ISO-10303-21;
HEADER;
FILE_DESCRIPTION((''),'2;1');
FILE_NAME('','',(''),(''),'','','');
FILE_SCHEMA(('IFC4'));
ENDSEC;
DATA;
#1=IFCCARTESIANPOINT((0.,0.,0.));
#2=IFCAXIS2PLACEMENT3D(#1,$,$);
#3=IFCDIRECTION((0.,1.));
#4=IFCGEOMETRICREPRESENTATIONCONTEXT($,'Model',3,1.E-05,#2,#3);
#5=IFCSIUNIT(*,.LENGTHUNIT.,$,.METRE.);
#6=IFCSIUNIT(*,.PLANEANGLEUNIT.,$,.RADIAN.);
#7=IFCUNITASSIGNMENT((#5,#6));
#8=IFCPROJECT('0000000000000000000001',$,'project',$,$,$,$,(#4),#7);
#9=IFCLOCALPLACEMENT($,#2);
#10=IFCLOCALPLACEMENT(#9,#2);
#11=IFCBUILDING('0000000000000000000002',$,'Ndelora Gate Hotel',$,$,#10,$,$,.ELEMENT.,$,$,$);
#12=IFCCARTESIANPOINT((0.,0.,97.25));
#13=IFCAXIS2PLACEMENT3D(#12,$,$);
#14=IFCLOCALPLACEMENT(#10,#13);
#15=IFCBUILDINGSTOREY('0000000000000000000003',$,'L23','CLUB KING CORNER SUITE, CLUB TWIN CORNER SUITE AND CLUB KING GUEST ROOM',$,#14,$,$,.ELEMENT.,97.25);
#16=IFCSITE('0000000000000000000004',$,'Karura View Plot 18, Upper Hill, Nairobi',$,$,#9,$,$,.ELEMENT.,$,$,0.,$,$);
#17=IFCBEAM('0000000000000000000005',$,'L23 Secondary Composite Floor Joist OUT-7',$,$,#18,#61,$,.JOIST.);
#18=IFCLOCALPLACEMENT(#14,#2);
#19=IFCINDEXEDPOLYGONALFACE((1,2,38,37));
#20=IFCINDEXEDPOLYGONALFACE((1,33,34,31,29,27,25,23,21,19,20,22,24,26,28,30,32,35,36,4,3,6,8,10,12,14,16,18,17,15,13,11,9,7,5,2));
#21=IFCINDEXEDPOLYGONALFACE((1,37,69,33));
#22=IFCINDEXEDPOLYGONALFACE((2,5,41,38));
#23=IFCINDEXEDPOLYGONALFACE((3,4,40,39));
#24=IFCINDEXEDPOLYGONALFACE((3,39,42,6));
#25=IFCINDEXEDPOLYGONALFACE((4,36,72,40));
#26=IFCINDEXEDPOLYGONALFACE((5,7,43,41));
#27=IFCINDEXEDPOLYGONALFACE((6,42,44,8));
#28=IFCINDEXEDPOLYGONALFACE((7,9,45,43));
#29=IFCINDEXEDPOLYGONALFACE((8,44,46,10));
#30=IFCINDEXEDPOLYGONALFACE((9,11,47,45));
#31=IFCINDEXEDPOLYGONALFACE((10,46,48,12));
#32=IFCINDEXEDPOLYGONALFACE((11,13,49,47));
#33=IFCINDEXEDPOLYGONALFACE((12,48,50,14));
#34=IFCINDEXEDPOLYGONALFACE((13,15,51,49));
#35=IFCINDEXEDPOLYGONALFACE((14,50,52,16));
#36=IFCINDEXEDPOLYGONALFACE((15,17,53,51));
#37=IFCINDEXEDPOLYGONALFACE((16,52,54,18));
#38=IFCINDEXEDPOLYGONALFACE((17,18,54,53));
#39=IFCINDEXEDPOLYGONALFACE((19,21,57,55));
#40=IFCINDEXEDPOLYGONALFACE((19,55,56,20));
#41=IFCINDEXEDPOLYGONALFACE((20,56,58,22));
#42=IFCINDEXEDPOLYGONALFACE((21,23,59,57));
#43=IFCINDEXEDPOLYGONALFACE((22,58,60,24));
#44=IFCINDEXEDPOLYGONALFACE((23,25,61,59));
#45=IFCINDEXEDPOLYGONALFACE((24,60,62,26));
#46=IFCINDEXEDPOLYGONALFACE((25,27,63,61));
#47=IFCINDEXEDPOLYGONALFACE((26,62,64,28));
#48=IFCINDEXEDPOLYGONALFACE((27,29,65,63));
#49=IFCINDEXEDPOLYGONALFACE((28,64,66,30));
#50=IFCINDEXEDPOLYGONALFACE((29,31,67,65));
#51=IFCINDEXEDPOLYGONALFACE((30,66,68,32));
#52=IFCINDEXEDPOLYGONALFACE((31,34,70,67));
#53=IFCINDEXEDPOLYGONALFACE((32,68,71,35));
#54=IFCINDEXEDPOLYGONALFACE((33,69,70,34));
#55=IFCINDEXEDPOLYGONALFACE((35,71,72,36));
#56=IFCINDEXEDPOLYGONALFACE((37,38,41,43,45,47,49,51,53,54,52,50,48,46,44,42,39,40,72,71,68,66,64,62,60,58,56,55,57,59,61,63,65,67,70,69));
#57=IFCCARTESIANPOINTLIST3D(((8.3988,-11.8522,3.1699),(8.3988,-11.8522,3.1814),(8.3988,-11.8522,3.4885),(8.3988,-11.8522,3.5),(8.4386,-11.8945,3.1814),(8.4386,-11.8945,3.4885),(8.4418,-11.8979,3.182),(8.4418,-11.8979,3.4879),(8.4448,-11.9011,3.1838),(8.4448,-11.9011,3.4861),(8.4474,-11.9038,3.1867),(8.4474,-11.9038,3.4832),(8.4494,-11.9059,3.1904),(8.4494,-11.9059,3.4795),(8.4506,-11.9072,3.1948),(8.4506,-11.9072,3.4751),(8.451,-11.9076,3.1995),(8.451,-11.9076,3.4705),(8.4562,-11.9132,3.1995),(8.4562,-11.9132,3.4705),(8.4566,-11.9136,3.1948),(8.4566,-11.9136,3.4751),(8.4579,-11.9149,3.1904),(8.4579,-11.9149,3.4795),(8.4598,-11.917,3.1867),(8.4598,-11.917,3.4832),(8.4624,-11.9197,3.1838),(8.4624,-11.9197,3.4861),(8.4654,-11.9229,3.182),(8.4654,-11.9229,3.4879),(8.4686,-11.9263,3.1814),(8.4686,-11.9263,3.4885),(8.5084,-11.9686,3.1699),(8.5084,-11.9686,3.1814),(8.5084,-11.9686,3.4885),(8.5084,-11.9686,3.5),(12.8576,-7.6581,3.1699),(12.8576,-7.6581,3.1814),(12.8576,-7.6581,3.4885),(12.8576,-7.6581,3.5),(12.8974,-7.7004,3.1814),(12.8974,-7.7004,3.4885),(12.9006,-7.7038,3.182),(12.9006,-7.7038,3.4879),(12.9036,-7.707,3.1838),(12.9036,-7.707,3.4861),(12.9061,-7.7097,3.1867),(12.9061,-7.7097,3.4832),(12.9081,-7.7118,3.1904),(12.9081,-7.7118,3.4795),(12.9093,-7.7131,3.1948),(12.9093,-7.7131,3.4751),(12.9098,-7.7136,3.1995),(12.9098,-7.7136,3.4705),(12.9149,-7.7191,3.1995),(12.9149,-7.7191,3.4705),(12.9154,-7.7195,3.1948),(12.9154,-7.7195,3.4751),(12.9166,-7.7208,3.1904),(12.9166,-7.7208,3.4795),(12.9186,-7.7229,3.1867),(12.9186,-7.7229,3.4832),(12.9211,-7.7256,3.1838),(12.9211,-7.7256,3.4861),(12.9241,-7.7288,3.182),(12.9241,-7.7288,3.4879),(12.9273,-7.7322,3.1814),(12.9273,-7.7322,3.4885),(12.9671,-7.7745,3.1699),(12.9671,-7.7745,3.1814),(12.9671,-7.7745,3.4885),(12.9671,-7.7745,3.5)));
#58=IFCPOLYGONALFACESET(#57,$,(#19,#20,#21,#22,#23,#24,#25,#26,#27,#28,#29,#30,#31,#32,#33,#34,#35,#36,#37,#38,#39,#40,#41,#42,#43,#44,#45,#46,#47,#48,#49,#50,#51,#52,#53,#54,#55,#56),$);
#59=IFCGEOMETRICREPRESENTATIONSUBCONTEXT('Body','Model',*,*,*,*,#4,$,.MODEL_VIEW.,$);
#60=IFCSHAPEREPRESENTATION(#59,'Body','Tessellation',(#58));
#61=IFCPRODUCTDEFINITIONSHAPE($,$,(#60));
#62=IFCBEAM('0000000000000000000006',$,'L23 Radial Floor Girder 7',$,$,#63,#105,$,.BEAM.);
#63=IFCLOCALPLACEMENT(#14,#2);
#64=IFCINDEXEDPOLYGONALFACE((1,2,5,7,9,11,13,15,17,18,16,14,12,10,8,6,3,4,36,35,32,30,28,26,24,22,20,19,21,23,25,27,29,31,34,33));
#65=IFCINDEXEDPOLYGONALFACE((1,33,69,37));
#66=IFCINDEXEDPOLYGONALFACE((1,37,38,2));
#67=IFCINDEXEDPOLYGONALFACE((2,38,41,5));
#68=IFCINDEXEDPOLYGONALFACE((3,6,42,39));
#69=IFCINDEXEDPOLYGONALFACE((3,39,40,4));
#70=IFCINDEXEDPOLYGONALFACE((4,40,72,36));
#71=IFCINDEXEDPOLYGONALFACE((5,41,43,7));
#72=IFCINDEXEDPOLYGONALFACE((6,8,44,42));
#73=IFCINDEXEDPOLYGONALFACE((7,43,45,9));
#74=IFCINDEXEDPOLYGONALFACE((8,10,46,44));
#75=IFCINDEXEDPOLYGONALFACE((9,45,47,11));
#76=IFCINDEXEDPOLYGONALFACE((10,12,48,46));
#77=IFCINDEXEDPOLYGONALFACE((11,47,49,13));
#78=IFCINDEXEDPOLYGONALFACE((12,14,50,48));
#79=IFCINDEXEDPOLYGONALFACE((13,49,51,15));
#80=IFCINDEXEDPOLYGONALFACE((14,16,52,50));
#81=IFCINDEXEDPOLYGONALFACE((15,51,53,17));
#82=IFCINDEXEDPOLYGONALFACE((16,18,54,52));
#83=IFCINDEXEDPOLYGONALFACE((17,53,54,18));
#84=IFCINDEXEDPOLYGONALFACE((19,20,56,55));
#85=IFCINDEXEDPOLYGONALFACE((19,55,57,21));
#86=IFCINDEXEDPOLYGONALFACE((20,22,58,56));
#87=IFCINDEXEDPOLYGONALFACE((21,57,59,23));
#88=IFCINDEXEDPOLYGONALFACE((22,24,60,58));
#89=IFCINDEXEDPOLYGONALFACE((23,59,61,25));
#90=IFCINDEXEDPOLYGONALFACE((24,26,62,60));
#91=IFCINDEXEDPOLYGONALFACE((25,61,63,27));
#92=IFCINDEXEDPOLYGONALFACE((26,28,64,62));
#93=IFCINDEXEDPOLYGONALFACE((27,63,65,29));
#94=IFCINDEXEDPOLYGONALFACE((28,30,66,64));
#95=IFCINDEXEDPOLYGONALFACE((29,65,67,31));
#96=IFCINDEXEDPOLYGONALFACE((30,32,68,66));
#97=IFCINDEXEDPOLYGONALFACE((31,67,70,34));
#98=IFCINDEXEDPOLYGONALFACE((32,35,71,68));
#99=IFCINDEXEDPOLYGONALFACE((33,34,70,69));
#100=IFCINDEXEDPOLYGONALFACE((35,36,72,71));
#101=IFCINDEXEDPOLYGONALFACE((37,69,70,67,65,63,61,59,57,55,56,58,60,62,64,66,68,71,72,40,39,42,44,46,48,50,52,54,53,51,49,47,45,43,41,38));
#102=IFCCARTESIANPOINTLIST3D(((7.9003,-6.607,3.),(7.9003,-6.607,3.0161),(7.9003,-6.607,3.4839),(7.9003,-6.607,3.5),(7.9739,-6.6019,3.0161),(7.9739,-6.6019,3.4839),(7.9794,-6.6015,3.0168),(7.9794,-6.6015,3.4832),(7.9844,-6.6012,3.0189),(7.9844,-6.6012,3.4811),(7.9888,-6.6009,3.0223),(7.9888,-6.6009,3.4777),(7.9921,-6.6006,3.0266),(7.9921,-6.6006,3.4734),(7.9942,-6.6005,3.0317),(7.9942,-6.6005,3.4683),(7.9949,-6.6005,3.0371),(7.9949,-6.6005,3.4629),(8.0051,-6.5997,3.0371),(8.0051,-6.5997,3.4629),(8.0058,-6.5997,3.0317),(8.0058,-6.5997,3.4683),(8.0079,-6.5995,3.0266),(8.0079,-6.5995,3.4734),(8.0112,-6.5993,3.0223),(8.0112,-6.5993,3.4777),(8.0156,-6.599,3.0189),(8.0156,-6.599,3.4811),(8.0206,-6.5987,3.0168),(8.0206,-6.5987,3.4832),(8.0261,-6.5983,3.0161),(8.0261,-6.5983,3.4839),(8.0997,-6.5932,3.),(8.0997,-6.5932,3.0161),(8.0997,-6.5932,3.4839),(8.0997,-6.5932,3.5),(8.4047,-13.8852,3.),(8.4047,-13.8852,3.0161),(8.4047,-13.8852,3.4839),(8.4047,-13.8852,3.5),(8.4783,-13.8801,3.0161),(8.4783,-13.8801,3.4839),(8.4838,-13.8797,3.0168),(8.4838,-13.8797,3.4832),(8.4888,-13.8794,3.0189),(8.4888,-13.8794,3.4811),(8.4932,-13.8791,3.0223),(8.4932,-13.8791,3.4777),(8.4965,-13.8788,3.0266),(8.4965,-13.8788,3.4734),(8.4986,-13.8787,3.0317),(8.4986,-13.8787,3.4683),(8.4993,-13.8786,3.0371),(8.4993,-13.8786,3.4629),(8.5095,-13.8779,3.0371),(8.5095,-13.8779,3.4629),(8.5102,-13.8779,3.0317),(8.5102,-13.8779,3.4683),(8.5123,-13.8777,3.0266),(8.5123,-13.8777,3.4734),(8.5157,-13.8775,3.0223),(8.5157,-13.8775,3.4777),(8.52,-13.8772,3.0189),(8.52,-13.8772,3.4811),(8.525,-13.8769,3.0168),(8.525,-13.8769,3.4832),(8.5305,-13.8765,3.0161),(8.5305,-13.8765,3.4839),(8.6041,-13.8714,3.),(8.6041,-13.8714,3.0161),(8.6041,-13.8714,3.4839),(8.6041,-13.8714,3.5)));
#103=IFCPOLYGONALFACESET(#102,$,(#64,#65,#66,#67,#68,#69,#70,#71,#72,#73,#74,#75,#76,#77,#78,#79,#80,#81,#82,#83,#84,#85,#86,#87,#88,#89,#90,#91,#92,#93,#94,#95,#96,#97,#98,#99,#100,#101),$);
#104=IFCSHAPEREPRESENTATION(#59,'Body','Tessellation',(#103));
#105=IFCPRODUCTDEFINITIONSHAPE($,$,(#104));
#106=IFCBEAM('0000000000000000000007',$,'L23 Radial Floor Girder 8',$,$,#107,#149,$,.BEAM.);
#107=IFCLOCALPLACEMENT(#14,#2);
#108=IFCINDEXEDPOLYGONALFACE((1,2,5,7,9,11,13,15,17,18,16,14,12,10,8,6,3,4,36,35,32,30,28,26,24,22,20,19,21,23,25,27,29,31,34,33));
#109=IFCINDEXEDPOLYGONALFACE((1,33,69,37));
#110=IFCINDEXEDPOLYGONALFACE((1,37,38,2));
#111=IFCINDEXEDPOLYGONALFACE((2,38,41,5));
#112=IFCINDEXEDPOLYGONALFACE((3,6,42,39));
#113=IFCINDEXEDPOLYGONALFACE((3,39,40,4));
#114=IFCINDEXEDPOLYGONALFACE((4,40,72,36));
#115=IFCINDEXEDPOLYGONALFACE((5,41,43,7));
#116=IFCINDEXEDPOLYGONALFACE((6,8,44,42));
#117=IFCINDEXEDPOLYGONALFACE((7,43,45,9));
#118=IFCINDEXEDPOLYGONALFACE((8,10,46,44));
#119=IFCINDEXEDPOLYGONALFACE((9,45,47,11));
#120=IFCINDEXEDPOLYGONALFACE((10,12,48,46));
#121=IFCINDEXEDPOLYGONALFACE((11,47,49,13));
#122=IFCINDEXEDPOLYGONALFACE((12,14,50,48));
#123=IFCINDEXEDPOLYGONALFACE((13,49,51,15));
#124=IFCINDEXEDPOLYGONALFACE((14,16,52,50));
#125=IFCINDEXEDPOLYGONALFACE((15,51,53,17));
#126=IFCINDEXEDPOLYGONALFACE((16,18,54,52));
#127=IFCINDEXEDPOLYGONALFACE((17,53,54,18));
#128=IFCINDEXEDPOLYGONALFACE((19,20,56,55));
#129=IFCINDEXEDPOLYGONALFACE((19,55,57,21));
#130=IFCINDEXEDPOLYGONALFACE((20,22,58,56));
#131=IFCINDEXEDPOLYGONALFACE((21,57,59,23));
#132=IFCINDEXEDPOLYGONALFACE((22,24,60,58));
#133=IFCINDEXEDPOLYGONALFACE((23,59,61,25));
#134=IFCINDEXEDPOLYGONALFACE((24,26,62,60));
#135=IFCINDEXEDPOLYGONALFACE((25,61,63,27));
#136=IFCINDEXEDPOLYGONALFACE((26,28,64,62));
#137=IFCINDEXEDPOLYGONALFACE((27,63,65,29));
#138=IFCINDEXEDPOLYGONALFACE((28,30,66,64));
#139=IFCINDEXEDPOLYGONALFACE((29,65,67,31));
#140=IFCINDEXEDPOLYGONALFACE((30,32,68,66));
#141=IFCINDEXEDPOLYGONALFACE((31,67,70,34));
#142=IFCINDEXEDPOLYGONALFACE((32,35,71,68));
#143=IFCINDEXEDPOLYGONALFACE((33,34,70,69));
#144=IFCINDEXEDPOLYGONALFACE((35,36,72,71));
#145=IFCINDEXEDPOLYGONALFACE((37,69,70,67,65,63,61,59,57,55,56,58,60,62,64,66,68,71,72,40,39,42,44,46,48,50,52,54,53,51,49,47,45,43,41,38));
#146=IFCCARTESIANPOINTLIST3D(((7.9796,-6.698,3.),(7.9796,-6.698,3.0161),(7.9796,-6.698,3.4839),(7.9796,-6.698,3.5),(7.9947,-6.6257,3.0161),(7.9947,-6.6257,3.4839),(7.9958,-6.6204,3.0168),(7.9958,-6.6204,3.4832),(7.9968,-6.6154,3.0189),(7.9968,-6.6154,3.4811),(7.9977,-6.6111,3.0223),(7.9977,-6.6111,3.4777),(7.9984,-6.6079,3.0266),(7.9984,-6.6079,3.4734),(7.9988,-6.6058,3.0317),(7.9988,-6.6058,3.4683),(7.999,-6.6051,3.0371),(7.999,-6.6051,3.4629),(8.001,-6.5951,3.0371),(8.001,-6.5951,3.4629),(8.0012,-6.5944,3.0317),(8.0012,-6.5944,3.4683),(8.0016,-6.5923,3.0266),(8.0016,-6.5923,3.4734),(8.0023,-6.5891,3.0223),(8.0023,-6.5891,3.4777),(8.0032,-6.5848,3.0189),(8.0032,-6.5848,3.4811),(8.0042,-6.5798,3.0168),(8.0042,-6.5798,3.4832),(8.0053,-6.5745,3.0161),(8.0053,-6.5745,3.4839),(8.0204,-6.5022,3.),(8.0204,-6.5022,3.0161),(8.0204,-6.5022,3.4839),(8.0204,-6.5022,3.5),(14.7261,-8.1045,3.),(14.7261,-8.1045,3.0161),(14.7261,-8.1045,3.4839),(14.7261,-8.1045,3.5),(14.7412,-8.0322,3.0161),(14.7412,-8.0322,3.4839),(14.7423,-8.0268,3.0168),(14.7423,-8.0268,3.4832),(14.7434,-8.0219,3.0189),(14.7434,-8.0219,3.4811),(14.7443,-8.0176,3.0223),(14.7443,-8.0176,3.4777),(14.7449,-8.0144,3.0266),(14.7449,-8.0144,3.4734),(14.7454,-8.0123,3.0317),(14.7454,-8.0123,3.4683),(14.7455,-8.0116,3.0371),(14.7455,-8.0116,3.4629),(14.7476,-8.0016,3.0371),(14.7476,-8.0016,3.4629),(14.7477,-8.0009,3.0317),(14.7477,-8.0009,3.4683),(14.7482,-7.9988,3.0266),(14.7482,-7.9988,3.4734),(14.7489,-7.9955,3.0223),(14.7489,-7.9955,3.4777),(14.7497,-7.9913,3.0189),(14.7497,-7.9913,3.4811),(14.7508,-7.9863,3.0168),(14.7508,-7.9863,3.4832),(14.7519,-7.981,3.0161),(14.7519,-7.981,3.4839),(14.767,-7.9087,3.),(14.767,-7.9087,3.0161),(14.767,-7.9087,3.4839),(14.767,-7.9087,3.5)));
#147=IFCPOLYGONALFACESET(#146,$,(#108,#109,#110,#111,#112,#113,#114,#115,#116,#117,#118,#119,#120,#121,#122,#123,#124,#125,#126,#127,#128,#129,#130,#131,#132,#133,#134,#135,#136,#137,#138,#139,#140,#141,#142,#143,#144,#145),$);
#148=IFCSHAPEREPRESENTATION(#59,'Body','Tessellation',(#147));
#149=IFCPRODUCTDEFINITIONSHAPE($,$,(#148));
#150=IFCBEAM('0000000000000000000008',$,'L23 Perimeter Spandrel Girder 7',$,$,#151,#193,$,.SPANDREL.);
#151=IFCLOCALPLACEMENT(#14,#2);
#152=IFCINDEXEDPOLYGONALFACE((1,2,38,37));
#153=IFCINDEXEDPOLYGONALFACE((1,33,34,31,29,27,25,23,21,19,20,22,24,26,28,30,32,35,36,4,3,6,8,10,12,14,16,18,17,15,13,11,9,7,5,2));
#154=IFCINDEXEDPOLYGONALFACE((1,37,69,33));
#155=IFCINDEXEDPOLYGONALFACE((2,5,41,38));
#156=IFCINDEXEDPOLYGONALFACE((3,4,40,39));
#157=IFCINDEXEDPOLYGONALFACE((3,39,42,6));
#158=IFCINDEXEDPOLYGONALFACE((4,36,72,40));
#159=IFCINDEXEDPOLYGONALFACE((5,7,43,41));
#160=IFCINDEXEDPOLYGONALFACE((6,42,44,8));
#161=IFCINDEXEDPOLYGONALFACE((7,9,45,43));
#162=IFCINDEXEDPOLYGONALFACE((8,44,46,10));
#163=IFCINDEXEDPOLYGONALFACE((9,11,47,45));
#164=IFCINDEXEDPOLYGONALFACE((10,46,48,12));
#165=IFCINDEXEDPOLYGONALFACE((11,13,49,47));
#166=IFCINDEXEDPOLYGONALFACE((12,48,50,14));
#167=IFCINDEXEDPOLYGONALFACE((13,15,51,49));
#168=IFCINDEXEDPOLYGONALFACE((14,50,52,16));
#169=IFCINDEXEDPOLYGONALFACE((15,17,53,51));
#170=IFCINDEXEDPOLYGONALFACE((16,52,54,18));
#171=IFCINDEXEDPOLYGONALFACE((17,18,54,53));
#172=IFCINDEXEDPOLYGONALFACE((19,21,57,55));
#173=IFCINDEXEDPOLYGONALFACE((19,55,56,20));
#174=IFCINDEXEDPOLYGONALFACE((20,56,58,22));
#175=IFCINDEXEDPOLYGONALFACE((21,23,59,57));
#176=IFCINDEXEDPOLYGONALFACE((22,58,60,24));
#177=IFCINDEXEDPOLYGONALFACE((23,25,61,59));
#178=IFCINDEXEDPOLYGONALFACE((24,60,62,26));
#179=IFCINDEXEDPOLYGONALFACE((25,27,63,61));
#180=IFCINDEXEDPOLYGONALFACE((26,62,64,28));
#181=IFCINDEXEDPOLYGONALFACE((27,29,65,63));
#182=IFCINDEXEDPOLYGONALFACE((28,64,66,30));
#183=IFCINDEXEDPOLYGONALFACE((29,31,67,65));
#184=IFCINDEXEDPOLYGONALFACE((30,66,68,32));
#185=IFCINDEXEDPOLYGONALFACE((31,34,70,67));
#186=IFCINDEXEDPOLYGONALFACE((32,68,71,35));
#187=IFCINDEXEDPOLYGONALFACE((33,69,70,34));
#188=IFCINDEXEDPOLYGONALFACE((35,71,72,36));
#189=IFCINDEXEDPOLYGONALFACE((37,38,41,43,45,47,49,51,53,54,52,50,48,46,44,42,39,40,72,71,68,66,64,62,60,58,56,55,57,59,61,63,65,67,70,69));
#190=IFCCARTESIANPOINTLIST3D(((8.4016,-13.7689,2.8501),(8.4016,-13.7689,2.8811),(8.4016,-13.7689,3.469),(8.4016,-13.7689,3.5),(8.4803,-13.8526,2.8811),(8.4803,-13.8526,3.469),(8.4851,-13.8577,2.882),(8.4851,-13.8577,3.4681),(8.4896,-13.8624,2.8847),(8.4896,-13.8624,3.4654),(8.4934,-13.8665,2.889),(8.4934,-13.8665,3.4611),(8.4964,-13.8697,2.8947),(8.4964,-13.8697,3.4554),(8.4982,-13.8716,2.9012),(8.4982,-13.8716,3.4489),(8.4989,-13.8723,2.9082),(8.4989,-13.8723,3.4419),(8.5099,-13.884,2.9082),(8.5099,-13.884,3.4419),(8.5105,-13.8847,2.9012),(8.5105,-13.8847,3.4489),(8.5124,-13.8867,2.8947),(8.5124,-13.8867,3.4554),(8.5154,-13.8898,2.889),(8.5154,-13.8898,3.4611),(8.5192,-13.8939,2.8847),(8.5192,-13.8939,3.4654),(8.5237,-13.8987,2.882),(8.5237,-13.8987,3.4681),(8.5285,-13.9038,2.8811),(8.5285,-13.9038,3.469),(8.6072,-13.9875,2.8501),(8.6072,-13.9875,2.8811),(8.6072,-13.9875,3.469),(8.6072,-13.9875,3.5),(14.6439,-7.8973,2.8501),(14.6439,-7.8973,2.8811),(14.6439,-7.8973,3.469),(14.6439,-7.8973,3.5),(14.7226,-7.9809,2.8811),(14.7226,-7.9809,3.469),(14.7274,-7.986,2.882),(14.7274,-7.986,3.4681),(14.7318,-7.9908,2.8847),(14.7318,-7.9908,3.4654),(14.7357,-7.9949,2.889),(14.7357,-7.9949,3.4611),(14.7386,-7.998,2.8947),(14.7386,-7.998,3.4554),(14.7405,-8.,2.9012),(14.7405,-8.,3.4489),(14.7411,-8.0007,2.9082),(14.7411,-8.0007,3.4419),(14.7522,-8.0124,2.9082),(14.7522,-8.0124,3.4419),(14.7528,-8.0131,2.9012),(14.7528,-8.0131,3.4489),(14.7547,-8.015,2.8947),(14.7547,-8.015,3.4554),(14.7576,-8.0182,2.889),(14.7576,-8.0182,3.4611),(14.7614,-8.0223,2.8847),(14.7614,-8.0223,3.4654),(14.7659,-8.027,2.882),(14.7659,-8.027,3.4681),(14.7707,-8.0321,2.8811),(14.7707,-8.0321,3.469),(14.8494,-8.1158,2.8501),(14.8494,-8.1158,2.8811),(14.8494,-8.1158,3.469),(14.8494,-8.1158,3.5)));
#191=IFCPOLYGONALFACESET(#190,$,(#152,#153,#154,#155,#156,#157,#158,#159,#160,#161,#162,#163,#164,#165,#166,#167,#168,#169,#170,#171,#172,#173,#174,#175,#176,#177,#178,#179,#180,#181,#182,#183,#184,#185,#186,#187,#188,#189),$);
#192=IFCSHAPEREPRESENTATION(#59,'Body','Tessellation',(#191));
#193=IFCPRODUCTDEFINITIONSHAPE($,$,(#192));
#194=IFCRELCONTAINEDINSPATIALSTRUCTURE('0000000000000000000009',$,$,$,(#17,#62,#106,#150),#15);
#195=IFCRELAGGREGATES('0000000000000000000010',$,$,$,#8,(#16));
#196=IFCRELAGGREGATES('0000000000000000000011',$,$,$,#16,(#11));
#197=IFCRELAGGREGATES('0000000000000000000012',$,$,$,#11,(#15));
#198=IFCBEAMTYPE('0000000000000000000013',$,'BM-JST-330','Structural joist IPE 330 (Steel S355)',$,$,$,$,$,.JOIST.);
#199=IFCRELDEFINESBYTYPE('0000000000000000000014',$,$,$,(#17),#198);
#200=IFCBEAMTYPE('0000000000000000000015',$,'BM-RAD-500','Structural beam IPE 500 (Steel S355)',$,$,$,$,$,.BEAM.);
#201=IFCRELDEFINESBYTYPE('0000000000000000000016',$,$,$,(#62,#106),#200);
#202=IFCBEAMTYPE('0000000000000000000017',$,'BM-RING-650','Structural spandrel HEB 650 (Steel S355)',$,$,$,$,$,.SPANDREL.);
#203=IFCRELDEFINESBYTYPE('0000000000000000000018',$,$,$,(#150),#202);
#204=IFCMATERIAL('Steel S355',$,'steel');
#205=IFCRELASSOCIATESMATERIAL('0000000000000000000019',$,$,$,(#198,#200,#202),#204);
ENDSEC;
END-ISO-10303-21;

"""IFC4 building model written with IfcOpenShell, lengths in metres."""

from ifc_helpers import new_model, si_unit, direction, frame, origin, origin_2d, place, context, subcontext, project, spatial, i_section, extrude, material, material_profile, profile_set, type_object, element, save


model = new_model("IFC4")

# Units and contexts
model_context = context("Model", 3, precision=1e-05, world=origin(), true_north=direction((0.0, 1.0)))
body_context = subcontext(model_context, "Body", "Model", "MODEL_VIEW")
ifc_project = project(units=[si_unit("LENGTHUNIT", "METRE"), si_unit("PLANEANGLEUNIT", "RADIAN")], contexts=[model_context])

# Site, building, storey
site_placement = place(None, origin())
site = spatial("IfcSite", under=ifc_project, at=site_placement, Name="Karura View Plot 18, Upper Hill, Nairobi", CompositionType="ELEMENT", RefElevation=0.0)
building_placement = place(site_placement, origin())
building = spatial("IfcBuilding", under=site, at=building_placement, Name="Ndelora Gate Hotel", CompositionType="ELEMENT")
storey_placement = place(building_placement, frame((0.0, 0.0, 97.25)))
storey = spatial("IfcBuildingStorey", under=building, at=storey_placement, Name="L23", Description="CLUB KING CORNER SUITE, CLUB TWIN CORNER SUITE AND CLUB KING GUEST ROOM", CompositionType="ELEMENT", Elevation=97.25)

# Beams
ifc_material_1 = material(Name="Steel S355", Category="steel")
ifc_material_profile_1 = material_profile(ifc_material_1, i_section(OverallWidth=0.1599, OverallDepth=0.3301, WebThickness=0.0076, FlangeThickness=0.0115, FilletRadius=0.0181, at=origin_2d()), Name="IPE 330")
ifc_profile_set_1 = profile_set([ifc_material_profile_1], Name="Steel S355")
beam_type_1 = type_object("IfcBeamType", Name="BM-JST-330", Description="Structural joist IPE 330 (Steel S355)", PredefinedType="JOIST", material=ifc_profile_set_1)
beam_1_placement = place(storey_placement, frame((8.4536, -11.9104, 3.335), z_axis=(0.728393, 0.685159, 0.0), x_axis=(-0.685159, 0.728393, 0.0)))
element("IfcBeam", 1, at=beam_1_placement, inside=storey, type_object=beam_type_1, Name="L23 Secondary Composite Floor Joist OUT-7", PredefinedType="JOIST", context=body_context, shape_type="SweptSolid", body=[
    extrude(i_section(OverallWidth=0.1599, OverallDepth=0.3301, WebThickness=0.0076, FlangeThickness=0.0115, FilletRadius=0.0181, at=origin_2d()), origin(), (0.0, 0.0, 1.0), 6.1213),
])
ifc_material_profile_2 = material_profile(ifc_material_1, i_section(OverallWidth=0.2, OverallDepth=0.5, WebThickness=0.0103, FlangeThickness=0.0161, FilletRadius=0.021, at=origin_2d()), Name="IPE 500")
ifc_profile_set_2 = profile_set([ifc_material_profile_2], Name="Steel S355")
beam_type_2 = type_object("IfcBeamType", Name="BM-RAD-500", Description="Structural beam IPE 500 (Steel S355)", PredefinedType="BEAM", material=ifc_profile_set_2)
beam_2_placement = place(storey_placement, frame((8.0, -6.6001, 3.25), z_axis=(0.069137, -0.997607, 0.0), x_axis=(0.997607, 0.069137, 0.0)))
element("IfcBeam", 2, at=beam_2_placement, inside=storey, type_object=beam_type_2, Name="L23 Radial Floor Girder 7", PredefinedType="BEAM", context=body_context, shape_type="SweptSolid", body=[
    extrude(i_section(OverallWidth=0.2, OverallDepth=0.5, WebThickness=0.0103, FlangeThickness=0.0161, FilletRadius=0.021, at=origin_2d()), origin(), (0.0, 0.0, 1.0), 7.2957),
])
beam_3_placement = place(storey_placement, frame((8.0, -6.6001, 3.25), z_axis=(0.978953, -0.204087, 0.0), x_axis=(0.204087, 0.978953, 0.0)))
element("IfcBeam", 3, at=beam_3_placement, inside=storey, type_object=beam_type_2, Name="L23 Radial Floor Girder 8", PredefinedType="BEAM", context=body_context, shape_type="SweptSolid", body=[
    extrude(i_section(OverallWidth=0.2, OverallDepth=0.5, WebThickness=0.0103, FlangeThickness=0.0161, FilletRadius=0.021, at=origin_2d()), origin(), (0.0, 0.0, 1.0), 6.8916),
])
ifc_material_profile_3 = material_profile(ifc_material_1, i_section(OverallWidth=0.3, OverallDepth=0.6499, WebThickness=0.0161, FlangeThickness=0.031, FilletRadius=0.0271, at=origin_2d()), Name="HEB 650")
ifc_profile_set_3 = profile_set([ifc_material_profile_3], Name="Steel S355")
beam_type_3 = type_object("IfcBeamType", Name="BM-RING-650", Description="Structural spandrel HEB 650 (Steel S355)", PredefinedType="SPANDREL", material=ifc_profile_set_3)
beam_4_placement = place(storey_placement, frame((8.5044, -13.8782, 3.175), z_axis=(0.728399, 0.685153, 0.0), x_axis=(-0.685153, 0.728399, 0.0)))
element("IfcBeam", 4, at=beam_4_placement, inside=storey, type_object=beam_type_3, Name="L23 Perimeter Spandrel Girder 7", PredefinedType="SPANDREL", context=body_context, shape_type="SweptSolid", body=[
    extrude(i_section(OverallWidth=0.3, OverallDepth=0.6499, WebThickness=0.0161, FlangeThickness=0.031, FilletRadius=0.0271, at=origin_2d()), origin(), (0.0, 0.0, 1.0), 8.5698),
])

save(model, "model.ifc")
